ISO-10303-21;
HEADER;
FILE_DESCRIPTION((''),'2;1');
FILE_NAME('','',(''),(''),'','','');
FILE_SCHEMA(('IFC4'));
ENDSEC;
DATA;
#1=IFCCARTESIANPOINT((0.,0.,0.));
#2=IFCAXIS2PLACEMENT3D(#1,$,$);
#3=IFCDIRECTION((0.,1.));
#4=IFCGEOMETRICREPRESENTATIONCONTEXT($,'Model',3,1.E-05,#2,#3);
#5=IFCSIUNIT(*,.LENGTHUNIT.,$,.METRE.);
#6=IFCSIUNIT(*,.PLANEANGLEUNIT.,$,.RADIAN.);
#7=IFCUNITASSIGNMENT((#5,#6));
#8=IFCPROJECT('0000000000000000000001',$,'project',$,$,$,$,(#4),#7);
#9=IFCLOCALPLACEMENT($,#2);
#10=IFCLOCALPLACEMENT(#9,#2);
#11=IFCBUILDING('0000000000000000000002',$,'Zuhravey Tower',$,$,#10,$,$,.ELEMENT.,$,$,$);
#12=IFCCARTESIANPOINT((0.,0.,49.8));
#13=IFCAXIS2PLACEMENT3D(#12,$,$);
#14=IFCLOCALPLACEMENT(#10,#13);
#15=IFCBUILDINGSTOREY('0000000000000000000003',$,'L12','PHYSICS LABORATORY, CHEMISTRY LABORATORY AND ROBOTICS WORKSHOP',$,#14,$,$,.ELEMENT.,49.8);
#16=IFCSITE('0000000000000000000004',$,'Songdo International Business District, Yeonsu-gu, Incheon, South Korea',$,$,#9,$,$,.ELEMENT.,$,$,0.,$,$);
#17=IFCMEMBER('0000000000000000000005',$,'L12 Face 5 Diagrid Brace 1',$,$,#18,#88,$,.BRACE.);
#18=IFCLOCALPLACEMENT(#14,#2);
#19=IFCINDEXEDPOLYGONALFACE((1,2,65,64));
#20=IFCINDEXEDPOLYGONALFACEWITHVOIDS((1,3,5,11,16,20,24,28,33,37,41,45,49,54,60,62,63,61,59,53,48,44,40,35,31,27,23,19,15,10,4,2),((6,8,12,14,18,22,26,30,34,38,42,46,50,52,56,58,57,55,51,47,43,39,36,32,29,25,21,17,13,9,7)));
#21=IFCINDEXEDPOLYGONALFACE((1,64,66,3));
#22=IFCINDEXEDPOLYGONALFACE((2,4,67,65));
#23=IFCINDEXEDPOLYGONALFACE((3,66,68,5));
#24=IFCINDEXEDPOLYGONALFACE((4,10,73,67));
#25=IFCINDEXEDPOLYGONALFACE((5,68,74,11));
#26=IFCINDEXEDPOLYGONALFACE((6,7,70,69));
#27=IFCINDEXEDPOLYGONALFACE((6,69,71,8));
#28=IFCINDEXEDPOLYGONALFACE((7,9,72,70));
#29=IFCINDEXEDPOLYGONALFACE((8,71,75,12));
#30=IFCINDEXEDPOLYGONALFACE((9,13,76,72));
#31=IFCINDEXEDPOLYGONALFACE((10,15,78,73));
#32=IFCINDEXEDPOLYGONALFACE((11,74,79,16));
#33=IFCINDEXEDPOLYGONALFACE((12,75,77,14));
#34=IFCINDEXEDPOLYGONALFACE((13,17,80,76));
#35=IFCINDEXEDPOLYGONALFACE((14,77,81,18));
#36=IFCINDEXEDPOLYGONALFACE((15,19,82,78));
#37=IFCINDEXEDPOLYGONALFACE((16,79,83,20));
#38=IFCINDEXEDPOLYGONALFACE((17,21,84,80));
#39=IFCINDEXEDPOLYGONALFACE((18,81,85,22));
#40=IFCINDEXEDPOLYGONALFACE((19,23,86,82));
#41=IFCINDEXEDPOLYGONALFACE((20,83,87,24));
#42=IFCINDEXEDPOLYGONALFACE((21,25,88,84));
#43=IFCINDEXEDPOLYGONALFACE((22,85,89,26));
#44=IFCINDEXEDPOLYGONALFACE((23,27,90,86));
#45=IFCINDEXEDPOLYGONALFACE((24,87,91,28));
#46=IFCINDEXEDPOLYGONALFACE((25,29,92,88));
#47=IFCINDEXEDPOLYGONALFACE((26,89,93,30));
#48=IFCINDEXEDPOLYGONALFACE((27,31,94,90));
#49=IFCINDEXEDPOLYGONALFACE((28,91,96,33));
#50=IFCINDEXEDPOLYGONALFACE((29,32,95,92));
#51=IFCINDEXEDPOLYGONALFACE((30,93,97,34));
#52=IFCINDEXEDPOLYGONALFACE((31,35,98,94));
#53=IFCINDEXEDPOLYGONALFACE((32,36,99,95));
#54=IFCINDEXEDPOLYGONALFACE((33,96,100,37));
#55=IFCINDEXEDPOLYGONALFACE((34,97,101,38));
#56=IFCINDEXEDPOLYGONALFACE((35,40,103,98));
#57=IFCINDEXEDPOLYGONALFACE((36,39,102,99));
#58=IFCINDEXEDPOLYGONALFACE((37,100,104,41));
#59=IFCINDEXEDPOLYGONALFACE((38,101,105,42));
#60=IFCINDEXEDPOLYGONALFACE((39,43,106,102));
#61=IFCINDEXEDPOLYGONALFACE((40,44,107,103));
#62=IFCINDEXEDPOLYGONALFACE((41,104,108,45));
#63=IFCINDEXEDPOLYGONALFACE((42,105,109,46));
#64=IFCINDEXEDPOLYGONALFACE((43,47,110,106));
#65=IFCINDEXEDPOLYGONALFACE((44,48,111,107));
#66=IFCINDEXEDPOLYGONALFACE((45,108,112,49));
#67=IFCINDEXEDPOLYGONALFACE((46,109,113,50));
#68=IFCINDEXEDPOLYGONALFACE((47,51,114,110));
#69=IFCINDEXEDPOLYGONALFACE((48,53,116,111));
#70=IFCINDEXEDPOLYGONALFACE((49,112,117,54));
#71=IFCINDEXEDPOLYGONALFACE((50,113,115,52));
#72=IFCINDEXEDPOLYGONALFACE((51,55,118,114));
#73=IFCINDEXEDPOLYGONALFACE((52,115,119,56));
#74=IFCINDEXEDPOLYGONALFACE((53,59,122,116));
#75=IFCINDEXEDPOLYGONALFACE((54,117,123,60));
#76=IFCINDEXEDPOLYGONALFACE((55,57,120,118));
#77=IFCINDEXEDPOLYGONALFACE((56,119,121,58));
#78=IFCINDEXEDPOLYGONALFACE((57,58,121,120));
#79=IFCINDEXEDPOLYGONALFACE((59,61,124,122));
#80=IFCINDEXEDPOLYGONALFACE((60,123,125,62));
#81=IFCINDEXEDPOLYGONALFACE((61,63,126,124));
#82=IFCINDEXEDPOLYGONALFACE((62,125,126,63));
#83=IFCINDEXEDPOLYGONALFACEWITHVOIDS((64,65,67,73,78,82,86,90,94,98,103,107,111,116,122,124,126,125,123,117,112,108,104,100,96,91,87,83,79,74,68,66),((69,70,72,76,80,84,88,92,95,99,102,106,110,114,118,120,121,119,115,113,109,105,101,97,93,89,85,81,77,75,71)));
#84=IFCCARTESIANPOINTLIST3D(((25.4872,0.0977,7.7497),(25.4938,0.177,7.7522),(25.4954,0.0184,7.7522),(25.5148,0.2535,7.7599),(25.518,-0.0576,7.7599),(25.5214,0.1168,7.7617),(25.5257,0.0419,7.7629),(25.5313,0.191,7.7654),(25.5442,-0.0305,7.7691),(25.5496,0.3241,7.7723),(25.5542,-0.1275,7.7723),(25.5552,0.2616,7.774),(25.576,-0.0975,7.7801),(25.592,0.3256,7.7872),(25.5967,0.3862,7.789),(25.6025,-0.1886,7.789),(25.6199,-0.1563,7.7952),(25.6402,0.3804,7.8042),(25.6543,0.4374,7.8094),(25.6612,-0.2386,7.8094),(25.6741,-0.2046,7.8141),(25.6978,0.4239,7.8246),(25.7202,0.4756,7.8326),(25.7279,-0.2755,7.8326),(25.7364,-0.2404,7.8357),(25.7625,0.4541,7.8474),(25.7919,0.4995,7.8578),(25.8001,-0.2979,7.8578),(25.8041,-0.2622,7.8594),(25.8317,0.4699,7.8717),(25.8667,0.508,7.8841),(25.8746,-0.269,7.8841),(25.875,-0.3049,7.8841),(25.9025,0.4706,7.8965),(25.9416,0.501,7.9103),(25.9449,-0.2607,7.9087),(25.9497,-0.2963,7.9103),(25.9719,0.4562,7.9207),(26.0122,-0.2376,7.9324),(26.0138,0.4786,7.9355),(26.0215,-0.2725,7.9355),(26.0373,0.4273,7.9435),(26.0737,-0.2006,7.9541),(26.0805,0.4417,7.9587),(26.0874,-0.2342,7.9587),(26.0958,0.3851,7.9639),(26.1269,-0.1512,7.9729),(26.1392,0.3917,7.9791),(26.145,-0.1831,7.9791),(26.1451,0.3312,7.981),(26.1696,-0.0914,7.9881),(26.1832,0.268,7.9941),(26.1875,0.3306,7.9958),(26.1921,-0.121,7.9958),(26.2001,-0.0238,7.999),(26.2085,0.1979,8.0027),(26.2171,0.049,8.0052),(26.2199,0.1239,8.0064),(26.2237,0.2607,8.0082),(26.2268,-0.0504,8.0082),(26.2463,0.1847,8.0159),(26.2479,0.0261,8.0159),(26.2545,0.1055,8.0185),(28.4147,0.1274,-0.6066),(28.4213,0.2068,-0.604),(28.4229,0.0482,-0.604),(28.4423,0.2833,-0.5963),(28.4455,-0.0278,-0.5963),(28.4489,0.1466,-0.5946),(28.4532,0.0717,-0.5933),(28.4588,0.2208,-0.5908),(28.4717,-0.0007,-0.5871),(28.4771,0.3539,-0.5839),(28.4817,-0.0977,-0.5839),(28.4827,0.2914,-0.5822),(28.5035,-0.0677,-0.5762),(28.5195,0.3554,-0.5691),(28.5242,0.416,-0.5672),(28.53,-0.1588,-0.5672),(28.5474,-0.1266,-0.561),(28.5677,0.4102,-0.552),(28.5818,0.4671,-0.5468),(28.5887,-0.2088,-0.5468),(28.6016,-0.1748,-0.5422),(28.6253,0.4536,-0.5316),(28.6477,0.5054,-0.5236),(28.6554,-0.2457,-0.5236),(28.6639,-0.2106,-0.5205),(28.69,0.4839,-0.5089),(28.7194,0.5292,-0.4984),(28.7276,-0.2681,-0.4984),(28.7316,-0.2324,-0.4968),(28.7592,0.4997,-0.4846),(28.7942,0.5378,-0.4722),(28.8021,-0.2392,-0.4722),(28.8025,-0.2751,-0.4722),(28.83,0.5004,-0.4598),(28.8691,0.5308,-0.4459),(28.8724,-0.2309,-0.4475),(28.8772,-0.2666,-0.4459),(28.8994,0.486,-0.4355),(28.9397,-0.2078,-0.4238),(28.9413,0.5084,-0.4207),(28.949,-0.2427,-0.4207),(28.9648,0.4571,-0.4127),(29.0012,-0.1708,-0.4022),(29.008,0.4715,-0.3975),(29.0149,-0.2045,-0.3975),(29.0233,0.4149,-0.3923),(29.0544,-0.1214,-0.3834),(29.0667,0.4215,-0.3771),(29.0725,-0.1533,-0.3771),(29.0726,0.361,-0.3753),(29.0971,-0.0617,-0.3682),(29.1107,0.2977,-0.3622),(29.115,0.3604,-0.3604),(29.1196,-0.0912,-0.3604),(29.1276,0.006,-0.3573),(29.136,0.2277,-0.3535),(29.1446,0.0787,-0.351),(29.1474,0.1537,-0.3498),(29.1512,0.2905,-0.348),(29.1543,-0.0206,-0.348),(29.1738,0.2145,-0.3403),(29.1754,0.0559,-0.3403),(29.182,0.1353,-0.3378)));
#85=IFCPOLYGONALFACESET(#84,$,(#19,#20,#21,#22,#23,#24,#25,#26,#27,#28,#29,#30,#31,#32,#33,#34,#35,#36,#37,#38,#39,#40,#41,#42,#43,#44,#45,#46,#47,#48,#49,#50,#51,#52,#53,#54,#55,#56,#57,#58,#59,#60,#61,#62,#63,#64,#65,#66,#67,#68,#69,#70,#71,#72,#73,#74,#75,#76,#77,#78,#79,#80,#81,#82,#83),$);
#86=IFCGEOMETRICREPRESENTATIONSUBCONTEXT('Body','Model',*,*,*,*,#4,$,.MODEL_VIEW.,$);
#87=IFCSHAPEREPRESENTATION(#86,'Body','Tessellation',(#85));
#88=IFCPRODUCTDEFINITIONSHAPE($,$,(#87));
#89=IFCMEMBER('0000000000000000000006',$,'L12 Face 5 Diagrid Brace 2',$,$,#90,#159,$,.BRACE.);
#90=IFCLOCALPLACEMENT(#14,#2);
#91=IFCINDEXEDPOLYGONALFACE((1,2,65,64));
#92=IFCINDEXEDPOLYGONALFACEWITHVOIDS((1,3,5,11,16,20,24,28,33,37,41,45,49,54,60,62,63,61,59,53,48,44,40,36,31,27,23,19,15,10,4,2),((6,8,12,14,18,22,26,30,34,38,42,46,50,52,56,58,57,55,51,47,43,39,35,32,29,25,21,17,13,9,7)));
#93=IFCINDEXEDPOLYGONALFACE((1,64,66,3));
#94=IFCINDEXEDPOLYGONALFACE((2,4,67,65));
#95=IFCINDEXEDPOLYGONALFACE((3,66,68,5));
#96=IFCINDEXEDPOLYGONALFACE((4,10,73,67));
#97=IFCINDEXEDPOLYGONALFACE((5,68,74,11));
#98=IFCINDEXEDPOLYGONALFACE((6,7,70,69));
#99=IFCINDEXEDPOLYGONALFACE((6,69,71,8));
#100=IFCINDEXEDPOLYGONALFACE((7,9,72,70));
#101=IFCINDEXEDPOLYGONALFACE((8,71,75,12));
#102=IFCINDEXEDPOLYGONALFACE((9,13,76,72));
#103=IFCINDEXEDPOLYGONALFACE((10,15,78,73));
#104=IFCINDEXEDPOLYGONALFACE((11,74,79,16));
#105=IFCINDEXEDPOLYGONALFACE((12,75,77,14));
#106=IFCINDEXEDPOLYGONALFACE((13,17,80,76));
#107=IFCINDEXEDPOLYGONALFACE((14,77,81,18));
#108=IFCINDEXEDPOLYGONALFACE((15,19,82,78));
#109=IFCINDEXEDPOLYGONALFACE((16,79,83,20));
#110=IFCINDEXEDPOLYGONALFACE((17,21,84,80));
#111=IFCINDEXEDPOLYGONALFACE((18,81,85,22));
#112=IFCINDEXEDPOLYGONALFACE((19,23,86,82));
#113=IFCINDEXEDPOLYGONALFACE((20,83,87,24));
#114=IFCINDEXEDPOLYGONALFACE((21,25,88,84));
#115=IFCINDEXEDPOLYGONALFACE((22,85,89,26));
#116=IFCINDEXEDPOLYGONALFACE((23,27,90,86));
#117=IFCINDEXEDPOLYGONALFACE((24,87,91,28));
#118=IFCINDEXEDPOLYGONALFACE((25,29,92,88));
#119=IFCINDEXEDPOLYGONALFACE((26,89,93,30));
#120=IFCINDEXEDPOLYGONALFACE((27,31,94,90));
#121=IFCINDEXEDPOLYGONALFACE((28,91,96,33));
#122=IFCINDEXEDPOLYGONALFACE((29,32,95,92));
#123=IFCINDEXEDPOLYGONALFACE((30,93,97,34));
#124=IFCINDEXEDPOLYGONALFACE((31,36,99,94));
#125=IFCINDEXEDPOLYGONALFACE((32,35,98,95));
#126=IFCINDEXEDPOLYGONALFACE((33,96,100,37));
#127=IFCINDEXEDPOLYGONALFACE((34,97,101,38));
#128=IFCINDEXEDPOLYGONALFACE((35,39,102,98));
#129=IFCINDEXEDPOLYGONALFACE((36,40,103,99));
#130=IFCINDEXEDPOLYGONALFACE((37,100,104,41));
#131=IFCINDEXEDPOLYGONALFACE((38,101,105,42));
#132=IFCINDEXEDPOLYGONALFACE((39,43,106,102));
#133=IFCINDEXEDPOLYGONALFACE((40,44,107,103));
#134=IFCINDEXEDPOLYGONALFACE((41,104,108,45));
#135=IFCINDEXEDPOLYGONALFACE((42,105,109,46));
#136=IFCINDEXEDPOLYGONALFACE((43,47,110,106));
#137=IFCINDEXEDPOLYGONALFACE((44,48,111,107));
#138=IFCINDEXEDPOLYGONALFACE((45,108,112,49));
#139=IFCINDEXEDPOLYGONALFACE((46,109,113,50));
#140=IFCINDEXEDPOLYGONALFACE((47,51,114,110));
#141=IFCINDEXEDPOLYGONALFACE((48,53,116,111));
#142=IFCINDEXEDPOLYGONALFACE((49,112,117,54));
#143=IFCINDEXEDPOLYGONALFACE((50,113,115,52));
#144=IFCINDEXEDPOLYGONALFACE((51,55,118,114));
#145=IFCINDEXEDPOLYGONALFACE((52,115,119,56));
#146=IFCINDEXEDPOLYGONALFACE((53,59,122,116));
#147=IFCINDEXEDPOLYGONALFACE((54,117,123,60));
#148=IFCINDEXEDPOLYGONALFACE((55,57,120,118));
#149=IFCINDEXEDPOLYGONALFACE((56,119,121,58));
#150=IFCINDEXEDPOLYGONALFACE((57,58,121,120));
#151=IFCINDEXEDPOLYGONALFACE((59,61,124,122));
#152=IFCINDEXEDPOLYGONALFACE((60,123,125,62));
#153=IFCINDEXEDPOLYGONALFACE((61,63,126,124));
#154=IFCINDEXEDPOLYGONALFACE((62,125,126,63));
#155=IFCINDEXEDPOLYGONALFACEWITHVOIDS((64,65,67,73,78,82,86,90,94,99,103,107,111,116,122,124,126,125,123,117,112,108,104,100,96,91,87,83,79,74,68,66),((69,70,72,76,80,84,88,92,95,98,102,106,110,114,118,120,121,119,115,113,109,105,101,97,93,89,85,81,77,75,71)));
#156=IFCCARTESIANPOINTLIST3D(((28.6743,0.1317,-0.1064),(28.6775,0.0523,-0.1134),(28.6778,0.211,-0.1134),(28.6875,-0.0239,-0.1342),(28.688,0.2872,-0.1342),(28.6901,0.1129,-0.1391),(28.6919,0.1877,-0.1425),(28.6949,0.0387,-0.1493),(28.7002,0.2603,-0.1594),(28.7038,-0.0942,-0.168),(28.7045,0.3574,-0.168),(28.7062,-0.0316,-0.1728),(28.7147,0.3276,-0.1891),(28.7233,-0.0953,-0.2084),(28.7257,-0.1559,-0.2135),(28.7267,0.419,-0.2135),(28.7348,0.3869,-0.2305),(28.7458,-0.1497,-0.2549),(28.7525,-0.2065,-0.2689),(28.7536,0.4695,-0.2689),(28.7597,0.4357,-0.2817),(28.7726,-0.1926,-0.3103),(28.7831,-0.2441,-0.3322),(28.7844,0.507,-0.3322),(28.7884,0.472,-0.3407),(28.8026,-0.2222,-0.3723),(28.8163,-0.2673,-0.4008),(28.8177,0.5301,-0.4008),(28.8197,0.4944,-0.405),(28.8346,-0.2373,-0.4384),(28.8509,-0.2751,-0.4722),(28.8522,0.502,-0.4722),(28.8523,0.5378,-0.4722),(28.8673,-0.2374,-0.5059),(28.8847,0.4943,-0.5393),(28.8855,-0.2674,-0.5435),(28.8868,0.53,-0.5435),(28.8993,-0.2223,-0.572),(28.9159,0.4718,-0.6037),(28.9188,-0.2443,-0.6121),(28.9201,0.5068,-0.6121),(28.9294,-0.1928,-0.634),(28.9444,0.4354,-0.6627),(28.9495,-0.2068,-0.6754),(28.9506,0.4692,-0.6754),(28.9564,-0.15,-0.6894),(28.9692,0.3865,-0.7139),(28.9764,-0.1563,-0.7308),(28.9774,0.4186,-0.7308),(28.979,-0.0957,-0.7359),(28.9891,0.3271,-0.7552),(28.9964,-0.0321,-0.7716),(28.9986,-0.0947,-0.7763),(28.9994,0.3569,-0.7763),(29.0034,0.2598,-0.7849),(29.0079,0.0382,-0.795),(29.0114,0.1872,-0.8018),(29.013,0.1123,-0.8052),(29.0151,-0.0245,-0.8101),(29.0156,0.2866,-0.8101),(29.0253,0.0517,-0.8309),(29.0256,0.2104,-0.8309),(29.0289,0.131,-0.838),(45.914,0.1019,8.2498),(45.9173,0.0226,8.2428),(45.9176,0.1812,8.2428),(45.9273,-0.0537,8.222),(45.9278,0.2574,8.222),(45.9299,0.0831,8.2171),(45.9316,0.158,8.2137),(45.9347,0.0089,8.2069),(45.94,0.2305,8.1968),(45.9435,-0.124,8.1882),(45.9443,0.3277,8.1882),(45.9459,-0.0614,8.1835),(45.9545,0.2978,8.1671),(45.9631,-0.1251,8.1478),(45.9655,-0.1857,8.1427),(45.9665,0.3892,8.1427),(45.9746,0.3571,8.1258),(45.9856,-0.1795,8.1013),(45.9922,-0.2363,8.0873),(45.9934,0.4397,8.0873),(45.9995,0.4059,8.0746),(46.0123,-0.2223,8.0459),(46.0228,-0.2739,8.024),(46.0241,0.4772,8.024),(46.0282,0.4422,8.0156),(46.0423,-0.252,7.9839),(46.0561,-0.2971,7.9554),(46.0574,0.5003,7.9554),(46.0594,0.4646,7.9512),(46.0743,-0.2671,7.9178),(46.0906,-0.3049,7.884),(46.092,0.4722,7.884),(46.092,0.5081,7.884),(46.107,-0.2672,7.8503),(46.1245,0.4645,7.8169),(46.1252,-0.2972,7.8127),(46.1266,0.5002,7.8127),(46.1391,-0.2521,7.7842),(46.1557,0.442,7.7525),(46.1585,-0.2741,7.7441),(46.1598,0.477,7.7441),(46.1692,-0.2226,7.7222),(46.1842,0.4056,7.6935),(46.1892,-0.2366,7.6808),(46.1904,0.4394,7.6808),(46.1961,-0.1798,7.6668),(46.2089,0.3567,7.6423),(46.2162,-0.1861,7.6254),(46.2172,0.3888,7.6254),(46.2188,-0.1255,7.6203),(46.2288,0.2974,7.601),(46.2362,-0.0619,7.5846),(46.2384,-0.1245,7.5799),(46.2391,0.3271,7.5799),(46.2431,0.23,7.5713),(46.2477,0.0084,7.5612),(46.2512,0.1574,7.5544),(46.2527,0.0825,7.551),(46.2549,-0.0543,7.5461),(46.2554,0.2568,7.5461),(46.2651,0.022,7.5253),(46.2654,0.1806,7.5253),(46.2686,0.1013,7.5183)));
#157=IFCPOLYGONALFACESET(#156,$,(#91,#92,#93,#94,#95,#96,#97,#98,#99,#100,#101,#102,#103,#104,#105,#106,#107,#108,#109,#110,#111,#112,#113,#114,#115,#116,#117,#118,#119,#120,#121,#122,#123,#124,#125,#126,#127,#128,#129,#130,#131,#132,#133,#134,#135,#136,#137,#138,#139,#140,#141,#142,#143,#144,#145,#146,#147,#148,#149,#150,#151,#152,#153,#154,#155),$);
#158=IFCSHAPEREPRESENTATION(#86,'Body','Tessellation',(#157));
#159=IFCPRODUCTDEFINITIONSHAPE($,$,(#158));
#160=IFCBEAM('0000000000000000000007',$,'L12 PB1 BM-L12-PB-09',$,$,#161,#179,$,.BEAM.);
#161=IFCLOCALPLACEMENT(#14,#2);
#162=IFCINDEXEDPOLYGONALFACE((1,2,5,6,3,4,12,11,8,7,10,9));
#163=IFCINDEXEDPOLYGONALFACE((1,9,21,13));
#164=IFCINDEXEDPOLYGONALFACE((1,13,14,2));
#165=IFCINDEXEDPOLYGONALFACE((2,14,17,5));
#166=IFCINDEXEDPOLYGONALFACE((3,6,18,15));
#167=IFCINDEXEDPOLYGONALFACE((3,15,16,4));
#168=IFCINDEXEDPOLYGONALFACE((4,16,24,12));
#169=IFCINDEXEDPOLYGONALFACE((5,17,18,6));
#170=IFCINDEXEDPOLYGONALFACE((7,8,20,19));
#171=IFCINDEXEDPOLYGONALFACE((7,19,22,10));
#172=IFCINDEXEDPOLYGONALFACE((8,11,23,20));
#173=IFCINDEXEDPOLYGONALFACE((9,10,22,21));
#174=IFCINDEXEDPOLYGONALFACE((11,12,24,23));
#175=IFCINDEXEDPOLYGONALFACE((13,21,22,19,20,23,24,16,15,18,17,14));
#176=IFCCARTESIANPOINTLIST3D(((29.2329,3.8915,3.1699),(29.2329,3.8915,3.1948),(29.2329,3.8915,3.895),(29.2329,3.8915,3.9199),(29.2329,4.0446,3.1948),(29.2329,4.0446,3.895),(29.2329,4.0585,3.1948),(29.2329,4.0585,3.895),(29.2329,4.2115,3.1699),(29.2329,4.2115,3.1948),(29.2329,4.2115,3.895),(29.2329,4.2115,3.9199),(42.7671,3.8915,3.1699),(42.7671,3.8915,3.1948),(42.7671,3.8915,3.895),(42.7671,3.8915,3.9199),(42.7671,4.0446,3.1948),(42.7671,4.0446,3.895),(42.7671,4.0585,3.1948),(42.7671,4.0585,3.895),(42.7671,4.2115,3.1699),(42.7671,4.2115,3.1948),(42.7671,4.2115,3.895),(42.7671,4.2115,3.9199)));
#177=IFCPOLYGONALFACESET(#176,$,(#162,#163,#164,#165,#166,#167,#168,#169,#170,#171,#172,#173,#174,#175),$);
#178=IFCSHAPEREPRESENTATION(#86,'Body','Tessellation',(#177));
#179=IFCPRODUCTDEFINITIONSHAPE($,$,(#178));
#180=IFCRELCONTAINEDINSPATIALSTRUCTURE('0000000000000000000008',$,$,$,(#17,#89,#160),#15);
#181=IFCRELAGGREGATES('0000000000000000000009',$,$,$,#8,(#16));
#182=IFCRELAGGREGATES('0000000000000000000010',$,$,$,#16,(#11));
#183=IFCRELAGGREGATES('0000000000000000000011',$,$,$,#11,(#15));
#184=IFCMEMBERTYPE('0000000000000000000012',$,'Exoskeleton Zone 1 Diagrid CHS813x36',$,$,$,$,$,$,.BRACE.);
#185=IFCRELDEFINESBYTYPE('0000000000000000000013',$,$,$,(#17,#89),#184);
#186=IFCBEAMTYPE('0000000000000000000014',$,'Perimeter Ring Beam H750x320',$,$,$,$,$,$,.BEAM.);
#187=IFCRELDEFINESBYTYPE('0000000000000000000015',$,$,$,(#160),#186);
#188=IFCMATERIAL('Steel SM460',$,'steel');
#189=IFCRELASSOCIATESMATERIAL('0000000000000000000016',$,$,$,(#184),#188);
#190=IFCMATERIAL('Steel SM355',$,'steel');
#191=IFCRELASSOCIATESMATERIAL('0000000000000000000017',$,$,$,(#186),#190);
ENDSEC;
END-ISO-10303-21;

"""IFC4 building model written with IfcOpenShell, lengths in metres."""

from ifc_helpers import new_model, si_unit, direction, frame, origin, origin_2d, place, context, subcontext, project, spatial, hollow_circle, i_section, extrude, material, material_profile, profile_set, type_object, element, save


model = new_model("IFC4")

# Units and contexts
model_context = context("Model", 3, precision=1e-05, world=origin(), true_north=direction((0.0, 1.0)))
body_context = subcontext(model_context, "Body", "Model", "MODEL_VIEW")
ifc_project = project(units=[si_unit("LENGTHUNIT", "METRE"), si_unit("PLANEANGLEUNIT", "RADIAN")], contexts=[model_context])

# Site, building, storey
site_placement = place(None, origin())
site = spatial("IfcSite", under=ifc_project, at=site_placement, Name="Songdo International Business District, Yeonsu-gu, Incheon, South Korea", CompositionType="ELEMENT", RefElevation=0.0)
building_placement = place(site_placement, origin())
building = spatial("IfcBuilding", under=site, at=building_placement, Name="Zuhravey Tower", CompositionType="ELEMENT")
storey_placement = place(building_placement, frame((0.0, 0.0, 49.8)))
storey = spatial("IfcBuildingStorey", under=building, at=storey_placement, Name="L12", Description="PHYSICS LABORATORY, CHEMISTRY LABORATORY AND ROBOTICS WORKSHOP", CompositionType="ELEMENT", Elevation=49.8)

# Members
ifc_material_1 = material(Name="Steel SM355", Category="steel")
ifc_material_2 = material(Name="Steel SM460", Category="steel")
ifc_material_profile_1 = material_profile(ifc_material_2, hollow_circle(Radius=0.4065, WallThickness=0.0359, at=origin_2d()), Name="CHS-812.8x36")
ifc_profile_set_1 = profile_set([ifc_material_profile_1], Name="Steel SM460")
member_type_1 = type_object("IfcMemberType", Name="Exoskeleton Zone 1 Diagrid CHS813x36", PredefinedType="BRACE", material=ifc_profile_set_1)
member_1_placement = place(storey_placement, frame((28.7983, 0.1313, -0.4722), z_axis=(-0.330632, -0.003364, 0.943754), x_axis=(0.010174, -0.999948, 0.0)))
element("IfcMember", 1, at=member_1_placement, inside=storey, type_object=member_type_1, Name="L12 Face 5 Diagrid Brace 1", PredefinedType="BRACE", context=body_context, shape_type="SweptSolid", body=[
    extrude(hollow_circle(Radius=0.4065, WallThickness=0.0359, at=origin_2d()), origin(), (0.0, 0.0, 1.0), 8.8542),
])
member_2_placement = place(storey_placement, frame((28.8516, 0.1313, -0.4722), z_axis=(0.899863, -0.001555, 0.436169), x_axis=(0.001728, 0.999999, 0.0)))
element("IfcMember", 2, at=member_2_placement, inside=storey, type_object=member_type_1, Name="L12 Face 5 Diagrid Brace 2", PredefinedType="BRACE", context=body_context, shape_type="SweptSolid", body=[
    extrude(hollow_circle(Radius=0.4065, WallThickness=0.0359, at=origin_2d()), origin(), (0.0, 0.0, 1.0), 19.1582),
])

# Beam
ifc_material_profile_2 = material_profile(ifc_material_1, i_section(OverallWidth=0.3201, OverallDepth=0.75, WebThickness=0.0139, FlangeThickness=0.0249, at=origin_2d()), Name="H-750x320x14x25")
ifc_profile_set_2 = profile_set([ifc_material_profile_2], Name="Steel SM355")
beam_type_1 = type_object("IfcBeamType", Name="Perimeter Ring Beam H750x320", PredefinedType="BEAM", material=ifc_profile_set_2)
beam_1_placement = place(storey_placement, frame((29.2329, 4.0515, 3.5449), z_axis=(1.0, 0.0, 0.0), x_axis=(0.0, 1.0, 0.0)))
element("IfcBeam", 3, at=beam_1_placement, inside=storey, type_object=beam_type_1, Name="L12 PB1 BM-L12-PB-09", PredefinedType="BEAM", context=body_context, shape_type="SweptSolid", body=[
    extrude(i_section(OverallWidth=0.3201, OverallDepth=0.75, WebThickness=0.0139, FlangeThickness=0.0249, at=origin_2d()), origin(), (0.0, 0.0, 1.0), 13.5342),
])

save(model, "model.ifc")
